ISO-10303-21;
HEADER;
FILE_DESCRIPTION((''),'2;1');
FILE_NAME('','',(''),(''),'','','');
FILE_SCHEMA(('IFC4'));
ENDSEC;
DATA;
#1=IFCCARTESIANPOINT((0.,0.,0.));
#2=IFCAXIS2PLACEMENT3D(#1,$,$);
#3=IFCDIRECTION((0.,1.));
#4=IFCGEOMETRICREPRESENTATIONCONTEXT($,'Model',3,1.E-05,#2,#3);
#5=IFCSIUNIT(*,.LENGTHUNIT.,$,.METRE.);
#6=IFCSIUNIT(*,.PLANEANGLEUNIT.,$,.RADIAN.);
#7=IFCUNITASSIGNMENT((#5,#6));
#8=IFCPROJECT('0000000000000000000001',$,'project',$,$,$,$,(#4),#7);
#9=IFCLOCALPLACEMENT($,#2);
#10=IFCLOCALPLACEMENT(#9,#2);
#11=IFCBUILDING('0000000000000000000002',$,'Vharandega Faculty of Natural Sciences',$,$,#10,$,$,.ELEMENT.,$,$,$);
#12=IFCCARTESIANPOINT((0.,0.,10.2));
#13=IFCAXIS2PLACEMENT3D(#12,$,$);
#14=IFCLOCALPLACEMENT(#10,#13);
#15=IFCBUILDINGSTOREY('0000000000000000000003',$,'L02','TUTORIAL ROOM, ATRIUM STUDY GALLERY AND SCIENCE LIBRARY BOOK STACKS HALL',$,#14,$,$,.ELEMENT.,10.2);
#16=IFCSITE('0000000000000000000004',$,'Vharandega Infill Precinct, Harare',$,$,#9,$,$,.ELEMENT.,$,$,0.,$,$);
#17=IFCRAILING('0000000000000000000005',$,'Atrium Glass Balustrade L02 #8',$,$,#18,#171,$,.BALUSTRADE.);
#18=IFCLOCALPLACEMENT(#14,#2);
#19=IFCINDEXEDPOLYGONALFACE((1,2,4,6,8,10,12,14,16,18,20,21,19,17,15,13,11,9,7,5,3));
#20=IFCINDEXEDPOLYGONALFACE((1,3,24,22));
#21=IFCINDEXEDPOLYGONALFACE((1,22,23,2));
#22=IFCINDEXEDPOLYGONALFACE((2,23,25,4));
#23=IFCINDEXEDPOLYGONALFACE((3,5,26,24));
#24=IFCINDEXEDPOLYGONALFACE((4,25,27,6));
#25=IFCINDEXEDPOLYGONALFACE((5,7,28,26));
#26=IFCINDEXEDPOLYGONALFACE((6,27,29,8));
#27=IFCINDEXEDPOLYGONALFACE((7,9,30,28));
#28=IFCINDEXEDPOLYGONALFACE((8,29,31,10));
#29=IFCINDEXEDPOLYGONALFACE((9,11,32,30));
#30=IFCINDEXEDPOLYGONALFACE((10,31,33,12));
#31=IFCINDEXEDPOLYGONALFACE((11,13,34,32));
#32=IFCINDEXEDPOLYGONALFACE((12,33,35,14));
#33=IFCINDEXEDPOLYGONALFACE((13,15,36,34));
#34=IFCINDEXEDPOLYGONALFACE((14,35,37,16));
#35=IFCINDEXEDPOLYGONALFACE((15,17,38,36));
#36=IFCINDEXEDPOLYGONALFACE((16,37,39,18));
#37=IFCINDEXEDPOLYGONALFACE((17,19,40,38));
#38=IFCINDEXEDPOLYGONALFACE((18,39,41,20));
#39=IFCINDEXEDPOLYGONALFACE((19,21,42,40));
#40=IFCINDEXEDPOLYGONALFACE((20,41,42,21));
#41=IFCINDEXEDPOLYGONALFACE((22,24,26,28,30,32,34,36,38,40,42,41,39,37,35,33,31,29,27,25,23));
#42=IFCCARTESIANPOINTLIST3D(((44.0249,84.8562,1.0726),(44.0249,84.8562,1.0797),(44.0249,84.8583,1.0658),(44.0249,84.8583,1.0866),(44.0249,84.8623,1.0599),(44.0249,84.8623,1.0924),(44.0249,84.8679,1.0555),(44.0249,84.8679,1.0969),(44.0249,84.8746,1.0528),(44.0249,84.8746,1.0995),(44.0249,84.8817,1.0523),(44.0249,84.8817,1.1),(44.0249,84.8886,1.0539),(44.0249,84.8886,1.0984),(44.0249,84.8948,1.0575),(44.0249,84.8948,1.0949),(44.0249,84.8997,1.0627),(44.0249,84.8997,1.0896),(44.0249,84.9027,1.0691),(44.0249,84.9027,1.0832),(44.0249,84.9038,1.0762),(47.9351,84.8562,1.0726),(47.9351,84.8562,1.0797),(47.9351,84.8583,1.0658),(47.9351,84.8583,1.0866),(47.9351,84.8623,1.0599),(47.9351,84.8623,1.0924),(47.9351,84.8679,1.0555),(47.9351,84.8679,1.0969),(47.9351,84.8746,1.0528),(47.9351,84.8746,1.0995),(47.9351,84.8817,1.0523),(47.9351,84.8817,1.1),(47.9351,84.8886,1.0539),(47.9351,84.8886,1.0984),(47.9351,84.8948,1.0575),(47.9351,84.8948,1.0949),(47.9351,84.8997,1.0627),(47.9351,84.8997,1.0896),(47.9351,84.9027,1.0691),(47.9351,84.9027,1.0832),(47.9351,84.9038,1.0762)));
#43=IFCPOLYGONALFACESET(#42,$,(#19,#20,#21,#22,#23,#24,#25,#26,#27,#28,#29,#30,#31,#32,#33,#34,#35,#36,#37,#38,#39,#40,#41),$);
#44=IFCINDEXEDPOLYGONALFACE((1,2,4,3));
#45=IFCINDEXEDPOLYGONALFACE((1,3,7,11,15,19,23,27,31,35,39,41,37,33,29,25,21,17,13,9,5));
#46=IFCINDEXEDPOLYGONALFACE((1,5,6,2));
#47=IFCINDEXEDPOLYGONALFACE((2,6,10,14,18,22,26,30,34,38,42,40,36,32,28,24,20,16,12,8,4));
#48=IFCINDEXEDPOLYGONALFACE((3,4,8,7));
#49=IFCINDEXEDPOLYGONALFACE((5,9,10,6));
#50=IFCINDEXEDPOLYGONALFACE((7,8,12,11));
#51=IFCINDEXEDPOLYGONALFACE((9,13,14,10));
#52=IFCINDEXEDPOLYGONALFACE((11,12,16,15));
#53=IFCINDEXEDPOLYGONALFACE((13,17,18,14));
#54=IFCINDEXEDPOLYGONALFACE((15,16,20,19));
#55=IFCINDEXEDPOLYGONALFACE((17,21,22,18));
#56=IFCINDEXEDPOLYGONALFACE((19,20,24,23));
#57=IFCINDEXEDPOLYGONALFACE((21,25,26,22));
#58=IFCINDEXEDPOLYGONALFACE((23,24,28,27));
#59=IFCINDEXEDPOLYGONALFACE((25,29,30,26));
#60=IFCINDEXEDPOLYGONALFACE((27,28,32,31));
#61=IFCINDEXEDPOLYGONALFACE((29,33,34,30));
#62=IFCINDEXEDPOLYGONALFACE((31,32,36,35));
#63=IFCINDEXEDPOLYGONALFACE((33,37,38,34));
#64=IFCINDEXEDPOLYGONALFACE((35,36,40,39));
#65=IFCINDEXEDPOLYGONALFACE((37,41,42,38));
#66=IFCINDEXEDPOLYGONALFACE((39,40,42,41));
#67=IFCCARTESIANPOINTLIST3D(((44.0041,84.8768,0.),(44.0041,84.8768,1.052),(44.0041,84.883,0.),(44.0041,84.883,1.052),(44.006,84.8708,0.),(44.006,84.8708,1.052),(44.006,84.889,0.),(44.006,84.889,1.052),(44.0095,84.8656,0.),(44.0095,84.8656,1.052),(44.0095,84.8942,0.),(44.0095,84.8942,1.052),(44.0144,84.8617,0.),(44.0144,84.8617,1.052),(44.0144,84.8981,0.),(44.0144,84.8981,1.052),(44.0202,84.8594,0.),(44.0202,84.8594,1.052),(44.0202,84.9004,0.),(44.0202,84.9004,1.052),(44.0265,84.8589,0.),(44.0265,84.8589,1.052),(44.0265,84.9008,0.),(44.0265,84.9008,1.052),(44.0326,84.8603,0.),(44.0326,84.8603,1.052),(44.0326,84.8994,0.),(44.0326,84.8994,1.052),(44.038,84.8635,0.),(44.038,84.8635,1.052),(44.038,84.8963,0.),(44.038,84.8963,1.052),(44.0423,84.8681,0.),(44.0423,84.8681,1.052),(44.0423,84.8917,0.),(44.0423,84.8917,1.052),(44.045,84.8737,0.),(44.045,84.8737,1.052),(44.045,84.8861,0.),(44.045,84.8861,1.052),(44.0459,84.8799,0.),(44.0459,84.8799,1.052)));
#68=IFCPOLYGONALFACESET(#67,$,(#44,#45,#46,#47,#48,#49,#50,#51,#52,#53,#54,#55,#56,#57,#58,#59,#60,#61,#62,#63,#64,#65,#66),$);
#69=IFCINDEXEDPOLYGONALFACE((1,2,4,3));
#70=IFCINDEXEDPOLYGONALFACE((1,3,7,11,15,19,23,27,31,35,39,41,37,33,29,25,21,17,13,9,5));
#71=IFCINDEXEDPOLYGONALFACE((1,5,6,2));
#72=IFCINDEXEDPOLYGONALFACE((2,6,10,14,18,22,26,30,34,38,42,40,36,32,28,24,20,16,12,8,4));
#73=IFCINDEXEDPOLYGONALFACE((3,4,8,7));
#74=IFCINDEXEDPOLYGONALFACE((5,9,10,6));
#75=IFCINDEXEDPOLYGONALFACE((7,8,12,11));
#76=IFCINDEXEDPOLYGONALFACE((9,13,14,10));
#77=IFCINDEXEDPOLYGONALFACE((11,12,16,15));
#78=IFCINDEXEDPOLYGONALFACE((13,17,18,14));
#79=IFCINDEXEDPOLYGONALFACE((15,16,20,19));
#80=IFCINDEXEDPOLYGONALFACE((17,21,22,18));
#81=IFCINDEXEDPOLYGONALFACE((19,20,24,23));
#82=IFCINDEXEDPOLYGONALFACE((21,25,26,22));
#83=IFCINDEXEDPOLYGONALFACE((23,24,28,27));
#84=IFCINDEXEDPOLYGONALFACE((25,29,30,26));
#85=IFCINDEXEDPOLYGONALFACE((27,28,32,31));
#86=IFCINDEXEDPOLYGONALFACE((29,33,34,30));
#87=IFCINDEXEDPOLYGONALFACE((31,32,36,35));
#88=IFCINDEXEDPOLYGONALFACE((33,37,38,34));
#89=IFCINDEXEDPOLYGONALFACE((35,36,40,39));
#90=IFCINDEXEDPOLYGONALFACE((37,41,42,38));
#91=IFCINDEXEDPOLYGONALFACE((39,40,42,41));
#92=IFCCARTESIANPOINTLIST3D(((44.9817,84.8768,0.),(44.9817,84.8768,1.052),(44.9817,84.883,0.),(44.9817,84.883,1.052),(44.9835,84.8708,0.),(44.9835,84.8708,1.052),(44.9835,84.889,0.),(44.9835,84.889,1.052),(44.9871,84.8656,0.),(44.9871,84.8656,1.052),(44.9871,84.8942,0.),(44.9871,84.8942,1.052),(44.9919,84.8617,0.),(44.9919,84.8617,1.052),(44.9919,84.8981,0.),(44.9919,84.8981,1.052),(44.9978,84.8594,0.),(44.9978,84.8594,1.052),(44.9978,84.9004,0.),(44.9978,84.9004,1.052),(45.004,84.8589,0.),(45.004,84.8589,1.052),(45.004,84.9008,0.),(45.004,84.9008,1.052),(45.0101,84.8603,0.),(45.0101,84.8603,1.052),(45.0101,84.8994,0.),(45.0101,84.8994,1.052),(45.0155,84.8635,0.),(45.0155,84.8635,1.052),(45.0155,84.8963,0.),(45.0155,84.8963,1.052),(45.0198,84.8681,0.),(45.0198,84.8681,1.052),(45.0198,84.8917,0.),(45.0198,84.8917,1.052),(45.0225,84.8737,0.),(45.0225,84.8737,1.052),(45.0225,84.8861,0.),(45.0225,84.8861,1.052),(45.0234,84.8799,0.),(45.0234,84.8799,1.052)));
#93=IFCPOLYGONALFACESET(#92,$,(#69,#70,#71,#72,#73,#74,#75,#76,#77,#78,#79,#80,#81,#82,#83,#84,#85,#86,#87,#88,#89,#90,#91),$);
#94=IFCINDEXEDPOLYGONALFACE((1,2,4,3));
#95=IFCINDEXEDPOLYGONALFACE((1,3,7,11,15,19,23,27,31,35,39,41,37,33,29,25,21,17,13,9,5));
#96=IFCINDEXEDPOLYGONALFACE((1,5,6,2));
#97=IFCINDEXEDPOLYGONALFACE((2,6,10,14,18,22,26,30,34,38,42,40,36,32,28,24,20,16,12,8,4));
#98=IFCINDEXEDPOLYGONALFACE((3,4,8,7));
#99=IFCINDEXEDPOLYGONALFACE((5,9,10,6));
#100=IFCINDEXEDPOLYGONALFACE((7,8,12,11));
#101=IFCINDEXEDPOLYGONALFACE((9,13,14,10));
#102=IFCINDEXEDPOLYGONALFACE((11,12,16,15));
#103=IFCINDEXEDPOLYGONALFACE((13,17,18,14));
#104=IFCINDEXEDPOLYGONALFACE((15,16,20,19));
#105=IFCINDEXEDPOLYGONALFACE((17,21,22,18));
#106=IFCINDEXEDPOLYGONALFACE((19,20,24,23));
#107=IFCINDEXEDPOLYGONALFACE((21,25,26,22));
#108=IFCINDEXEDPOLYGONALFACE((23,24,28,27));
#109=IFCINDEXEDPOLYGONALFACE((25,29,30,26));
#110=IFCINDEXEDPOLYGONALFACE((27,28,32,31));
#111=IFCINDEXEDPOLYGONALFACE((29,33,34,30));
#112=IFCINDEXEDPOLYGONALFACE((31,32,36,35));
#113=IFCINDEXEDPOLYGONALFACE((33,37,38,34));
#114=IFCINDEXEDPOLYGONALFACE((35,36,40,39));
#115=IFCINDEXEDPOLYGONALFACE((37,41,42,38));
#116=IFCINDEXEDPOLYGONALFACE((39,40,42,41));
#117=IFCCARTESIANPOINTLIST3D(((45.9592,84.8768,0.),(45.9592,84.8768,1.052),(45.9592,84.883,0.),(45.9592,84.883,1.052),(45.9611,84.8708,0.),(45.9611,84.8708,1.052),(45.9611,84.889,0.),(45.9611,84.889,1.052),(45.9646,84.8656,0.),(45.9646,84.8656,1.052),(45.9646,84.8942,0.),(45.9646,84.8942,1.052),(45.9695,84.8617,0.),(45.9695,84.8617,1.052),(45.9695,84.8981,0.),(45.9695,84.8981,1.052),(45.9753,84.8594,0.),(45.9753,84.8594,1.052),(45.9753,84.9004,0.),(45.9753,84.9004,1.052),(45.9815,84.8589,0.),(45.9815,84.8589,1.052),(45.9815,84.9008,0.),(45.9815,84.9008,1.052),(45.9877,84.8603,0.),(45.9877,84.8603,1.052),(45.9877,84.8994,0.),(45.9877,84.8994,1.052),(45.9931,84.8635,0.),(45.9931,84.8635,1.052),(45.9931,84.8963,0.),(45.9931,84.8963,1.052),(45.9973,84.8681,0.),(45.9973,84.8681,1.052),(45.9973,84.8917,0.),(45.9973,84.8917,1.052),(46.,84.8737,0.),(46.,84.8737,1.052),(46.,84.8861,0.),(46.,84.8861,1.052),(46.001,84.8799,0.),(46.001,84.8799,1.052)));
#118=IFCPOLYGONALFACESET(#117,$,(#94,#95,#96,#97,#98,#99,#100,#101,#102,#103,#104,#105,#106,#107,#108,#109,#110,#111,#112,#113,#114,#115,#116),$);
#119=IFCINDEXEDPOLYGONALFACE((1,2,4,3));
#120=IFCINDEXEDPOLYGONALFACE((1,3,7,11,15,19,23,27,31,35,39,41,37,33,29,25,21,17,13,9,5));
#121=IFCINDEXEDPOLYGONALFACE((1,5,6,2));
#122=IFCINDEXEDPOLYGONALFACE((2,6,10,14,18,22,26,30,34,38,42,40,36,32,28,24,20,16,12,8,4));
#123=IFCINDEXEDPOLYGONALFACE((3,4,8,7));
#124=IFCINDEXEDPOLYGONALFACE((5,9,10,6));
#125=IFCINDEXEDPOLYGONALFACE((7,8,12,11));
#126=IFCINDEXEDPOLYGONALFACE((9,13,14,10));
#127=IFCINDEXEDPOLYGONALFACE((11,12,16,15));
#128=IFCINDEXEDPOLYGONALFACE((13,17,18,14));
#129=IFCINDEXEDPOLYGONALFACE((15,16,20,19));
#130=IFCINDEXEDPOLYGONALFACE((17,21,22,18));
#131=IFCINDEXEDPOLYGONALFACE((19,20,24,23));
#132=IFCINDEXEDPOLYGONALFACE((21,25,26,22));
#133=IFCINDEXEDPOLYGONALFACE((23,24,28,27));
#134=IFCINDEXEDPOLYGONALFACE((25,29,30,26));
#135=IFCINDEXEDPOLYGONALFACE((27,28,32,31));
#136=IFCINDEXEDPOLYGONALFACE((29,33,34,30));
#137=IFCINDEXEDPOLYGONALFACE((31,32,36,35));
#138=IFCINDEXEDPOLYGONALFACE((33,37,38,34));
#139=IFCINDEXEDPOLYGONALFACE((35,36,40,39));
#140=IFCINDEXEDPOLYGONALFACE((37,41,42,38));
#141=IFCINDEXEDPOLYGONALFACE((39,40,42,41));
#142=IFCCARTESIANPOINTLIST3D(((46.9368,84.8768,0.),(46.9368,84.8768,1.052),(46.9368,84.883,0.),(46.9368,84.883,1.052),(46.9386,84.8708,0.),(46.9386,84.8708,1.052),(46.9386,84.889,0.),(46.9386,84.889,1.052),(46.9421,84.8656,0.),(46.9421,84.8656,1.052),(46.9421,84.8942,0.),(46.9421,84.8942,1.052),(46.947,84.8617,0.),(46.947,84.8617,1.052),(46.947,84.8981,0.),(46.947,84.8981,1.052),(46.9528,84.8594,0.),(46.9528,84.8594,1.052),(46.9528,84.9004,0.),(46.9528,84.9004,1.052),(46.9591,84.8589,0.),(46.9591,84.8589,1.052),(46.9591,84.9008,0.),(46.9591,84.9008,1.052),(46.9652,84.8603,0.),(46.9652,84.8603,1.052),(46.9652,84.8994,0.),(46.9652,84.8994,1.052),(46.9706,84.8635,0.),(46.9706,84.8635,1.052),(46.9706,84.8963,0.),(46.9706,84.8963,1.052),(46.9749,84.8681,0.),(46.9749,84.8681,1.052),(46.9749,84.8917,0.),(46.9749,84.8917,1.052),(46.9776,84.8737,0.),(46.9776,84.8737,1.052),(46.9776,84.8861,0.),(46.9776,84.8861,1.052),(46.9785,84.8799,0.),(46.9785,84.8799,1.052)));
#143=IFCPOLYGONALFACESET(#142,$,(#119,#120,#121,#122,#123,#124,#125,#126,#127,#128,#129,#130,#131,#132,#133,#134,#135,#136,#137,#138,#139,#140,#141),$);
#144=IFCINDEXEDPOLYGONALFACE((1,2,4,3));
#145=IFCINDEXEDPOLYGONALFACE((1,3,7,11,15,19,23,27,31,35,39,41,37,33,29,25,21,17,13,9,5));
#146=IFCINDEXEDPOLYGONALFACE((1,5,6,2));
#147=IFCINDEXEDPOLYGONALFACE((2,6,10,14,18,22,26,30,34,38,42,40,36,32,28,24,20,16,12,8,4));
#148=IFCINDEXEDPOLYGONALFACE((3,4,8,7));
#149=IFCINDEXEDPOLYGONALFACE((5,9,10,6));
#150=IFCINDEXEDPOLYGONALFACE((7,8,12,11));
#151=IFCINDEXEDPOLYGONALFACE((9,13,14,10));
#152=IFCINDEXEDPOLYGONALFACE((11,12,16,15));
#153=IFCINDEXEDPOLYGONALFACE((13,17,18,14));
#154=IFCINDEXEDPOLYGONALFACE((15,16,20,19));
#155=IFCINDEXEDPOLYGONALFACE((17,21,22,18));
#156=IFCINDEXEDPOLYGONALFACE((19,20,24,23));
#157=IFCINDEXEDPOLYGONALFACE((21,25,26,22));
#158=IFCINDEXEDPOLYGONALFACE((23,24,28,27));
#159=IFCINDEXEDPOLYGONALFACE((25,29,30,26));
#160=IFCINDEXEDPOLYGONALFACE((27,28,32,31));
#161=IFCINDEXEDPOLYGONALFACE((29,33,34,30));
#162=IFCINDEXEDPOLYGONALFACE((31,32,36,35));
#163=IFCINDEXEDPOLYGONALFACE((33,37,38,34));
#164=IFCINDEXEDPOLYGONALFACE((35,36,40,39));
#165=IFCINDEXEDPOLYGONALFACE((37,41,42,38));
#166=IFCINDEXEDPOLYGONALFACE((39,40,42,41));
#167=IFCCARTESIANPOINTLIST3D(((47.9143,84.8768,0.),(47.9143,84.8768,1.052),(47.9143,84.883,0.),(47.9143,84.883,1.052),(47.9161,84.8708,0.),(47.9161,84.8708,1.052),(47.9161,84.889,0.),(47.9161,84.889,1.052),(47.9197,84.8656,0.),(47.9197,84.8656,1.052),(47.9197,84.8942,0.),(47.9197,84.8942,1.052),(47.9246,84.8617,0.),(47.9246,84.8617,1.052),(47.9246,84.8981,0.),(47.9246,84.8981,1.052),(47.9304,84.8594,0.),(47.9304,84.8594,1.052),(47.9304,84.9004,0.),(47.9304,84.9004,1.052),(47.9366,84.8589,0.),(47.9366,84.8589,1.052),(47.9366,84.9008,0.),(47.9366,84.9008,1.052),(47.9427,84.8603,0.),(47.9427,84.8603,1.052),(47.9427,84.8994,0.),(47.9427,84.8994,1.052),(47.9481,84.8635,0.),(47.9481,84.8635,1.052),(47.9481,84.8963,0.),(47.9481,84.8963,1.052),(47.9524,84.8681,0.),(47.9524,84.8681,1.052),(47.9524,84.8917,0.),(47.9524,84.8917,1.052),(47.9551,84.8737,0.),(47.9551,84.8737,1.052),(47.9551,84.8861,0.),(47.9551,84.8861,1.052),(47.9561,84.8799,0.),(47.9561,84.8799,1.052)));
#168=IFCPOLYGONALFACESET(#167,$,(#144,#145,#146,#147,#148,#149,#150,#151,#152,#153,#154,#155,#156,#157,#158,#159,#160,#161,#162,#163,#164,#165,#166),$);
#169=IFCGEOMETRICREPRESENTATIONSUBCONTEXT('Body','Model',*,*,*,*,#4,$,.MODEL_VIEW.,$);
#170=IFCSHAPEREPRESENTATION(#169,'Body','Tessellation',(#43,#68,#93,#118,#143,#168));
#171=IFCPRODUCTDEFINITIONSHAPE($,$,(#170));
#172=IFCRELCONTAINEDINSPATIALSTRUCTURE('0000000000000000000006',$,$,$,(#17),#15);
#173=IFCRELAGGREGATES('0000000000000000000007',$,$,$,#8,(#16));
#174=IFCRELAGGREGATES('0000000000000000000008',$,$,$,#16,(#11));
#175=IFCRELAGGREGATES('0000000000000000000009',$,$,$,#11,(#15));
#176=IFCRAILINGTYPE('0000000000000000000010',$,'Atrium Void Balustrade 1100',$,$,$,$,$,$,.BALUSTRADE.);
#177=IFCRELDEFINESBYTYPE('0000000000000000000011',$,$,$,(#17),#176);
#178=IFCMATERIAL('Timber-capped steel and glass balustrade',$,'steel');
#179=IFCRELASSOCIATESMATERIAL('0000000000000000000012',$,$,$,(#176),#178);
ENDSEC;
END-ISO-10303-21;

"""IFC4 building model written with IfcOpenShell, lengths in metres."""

from ifc_helpers import new_model, si_unit, direction, frame, origin, origin_2d, place, context, subcontext, project, spatial, circle, extrude, material, type_object, element, save


model = new_model("IFC4")

# Units and contexts
model_context = context("Model", 3, precision=1e-05, world=origin(), true_north=direction((0.0, 1.0)))
body_context = subcontext(model_context, "Body", "Model", "MODEL_VIEW")
ifc_project = project(units=[si_unit("LENGTHUNIT", "METRE"), si_unit("PLANEANGLEUNIT", "RADIAN")], contexts=[model_context])

# Site, building, storey
site_placement = place(None, origin())
site = spatial("IfcSite", under=ifc_project, at=site_placement, Name="Vharandega Infill Precinct, Harare", CompositionType="ELEMENT", RefElevation=0.0)
building_placement = place(site_placement, origin())
building = spatial("IfcBuilding", under=site, at=building_placement, Name="Vharandega Faculty of Natural Sciences", CompositionType="ELEMENT")
storey_placement = place(building_placement, frame((0.0, 0.0, 10.2)))
storey = spatial("IfcBuildingStorey", under=building, at=storey_placement, Name="L02", Description="TUTORIAL ROOM, ATRIUM STUDY GALLERY AND SCIENCE LIBRARY BOOK STACKS HALL", CompositionType="ELEMENT", Elevation=10.2)

# Railing
ifc_material_1 = material(Name="Timber-capped steel and glass balustrade", Category="steel")
railing_type_1 = type_object("IfcRailingType", Name="Atrium Void Balustrade 1100", PredefinedType="BALUSTRADE", material=ifc_material_1)
for number, where, name in (
    (1, (44.0249, 84.8799, 0.0), "Atrium Glass Balustrade L02 #8"),
):
    element("IfcRailing", number, at=place(storey_placement, frame(where)), inside=storey, type_object=railing_type_1, Name=name, PredefinedType="BALUSTRADE", context=body_context, shape_type="SweptSolid", body=[
        extrude(circle(Radius=0.0239, at=origin_2d()), frame((0.0, 0.0, 1.0762), z_axis=(1.0, 0.0, 0.0), x_axis=(0.0, 1.0, 0.0)), (0.0, 0.0, 1.0), 3.9102),
        extrude(circle(Radius=0.021, at=origin_2d()), origin(), (0.0, 0.0, 1.0), 1.052),
        extrude(circle(Radius=0.021, at=origin_2d()), frame((0.9775, 0.0, 0.0)), (0.0, 0.0, 1.0), 1.052),
        extrude(circle(Radius=0.021, at=origin_2d()), frame((1.9551, 0.0, 0.0)), (0.0, 0.0, 1.0), 1.052),
        extrude(circle(Radius=0.021, at=origin_2d()), frame((2.9326, 0.0, 0.0)), (0.0, 0.0, 1.0), 1.052),
        extrude(circle(Radius=0.021, at=origin_2d()), frame((3.9102, 0.0, 0.0)), (0.0, 0.0, 1.0), 1.052),
    ])

save(model, "model.ifc")
